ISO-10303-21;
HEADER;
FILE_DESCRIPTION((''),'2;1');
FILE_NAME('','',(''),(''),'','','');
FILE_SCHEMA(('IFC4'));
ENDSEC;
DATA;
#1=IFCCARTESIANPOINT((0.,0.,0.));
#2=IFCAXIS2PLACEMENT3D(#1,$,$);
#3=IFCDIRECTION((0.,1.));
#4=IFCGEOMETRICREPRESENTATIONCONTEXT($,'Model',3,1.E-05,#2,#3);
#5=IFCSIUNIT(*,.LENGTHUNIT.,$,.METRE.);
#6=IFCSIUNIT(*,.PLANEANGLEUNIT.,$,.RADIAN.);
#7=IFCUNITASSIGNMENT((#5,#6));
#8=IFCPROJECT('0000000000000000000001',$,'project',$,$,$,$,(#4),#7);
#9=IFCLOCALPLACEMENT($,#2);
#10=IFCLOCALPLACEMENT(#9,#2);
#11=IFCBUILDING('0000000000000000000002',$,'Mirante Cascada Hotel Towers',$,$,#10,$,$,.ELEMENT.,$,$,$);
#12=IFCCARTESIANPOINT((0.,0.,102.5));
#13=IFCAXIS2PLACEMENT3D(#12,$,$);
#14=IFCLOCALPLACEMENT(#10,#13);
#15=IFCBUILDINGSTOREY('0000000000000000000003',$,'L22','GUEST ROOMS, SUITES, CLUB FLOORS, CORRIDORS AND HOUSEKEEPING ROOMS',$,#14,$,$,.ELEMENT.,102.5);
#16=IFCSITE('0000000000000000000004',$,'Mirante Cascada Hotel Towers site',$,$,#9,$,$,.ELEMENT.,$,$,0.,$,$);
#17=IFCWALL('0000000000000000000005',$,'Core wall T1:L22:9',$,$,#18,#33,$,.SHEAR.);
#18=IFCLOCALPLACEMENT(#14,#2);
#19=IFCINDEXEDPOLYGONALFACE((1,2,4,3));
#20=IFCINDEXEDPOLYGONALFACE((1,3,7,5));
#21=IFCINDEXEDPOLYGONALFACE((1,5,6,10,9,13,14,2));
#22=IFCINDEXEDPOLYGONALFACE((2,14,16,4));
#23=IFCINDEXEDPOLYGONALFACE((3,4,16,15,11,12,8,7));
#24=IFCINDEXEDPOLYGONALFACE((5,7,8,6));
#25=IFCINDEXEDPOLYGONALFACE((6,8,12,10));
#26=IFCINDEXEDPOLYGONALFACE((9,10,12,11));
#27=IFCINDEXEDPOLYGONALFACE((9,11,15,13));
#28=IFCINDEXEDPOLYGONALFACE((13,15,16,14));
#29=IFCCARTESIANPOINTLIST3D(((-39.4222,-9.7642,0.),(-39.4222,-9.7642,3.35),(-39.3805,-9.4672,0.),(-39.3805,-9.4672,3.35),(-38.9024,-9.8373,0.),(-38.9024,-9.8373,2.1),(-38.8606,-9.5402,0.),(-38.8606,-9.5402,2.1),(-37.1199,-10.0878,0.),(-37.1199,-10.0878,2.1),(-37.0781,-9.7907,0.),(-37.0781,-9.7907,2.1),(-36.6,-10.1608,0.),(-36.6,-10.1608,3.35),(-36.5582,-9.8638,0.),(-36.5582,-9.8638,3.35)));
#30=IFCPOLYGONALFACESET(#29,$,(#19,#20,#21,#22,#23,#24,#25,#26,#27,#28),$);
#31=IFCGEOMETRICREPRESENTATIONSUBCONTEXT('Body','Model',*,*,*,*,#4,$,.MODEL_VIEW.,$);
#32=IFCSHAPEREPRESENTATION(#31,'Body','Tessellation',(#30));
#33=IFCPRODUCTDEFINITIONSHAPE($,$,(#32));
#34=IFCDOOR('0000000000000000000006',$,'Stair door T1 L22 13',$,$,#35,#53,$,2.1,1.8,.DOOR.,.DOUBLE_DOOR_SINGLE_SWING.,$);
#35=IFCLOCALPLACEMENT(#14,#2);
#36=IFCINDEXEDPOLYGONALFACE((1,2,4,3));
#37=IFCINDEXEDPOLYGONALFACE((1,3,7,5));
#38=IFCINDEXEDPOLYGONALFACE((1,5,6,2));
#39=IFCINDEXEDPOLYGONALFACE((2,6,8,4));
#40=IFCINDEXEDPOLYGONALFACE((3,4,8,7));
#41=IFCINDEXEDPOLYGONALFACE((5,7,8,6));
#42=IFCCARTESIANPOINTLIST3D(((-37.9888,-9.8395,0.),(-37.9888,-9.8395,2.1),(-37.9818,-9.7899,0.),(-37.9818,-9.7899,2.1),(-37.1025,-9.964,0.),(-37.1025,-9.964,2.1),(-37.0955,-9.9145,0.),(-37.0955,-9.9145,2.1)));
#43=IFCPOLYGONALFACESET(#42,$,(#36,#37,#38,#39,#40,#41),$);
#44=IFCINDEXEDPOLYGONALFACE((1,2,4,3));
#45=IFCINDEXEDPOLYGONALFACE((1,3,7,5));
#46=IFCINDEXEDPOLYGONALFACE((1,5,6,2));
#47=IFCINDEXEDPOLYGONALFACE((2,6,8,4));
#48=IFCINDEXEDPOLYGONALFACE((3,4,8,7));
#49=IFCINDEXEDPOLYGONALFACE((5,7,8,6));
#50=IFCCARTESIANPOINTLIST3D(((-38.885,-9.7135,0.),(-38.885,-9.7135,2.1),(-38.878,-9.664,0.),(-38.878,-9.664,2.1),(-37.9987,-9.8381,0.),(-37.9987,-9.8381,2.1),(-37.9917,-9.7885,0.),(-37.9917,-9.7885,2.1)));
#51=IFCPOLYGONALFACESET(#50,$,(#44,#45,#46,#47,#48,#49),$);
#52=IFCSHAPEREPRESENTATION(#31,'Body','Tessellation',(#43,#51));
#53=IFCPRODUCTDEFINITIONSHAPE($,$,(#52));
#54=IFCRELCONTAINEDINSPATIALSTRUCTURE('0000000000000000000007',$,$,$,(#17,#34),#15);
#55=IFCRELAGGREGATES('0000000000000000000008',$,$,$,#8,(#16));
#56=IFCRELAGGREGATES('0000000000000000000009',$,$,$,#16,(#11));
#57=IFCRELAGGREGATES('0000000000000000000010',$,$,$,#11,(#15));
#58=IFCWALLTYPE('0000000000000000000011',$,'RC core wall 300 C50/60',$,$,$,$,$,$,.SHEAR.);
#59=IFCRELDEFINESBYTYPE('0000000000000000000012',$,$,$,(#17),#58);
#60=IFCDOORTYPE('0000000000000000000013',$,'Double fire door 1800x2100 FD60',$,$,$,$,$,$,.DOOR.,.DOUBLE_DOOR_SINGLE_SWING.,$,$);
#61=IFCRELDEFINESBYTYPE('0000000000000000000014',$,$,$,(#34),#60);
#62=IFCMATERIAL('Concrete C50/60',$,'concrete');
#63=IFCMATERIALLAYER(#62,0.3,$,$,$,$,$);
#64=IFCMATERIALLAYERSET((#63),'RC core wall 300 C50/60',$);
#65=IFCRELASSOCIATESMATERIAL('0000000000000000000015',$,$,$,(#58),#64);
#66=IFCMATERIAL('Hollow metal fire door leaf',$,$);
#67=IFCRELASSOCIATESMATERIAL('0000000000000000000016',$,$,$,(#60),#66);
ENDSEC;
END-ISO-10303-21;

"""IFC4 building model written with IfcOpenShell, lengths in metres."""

from ifc_helpers import new_model, si_unit, direction, frame, frame_2d, origin, place, context, subcontext, project, spatial, rectangle, extrude, material, layer, layer_set, type_object, element, fill, save


model = new_model("IFC4")

# Units and contexts
model_context = context("Model", 3, precision=1e-05, world=origin(), true_north=direction((0.0, 1.0)))
body_context = subcontext(model_context, "Body", "Model", "MODEL_VIEW")
ifc_project = project(units=[si_unit("LENGTHUNIT", "METRE"), si_unit("PLANEANGLEUNIT", "RADIAN")], contexts=[model_context])

# Site, building, storey
site_placement = place(None, origin())
site = spatial("IfcSite", under=ifc_project, at=site_placement, Name="Mirante Cascada Hotel Towers site", CompositionType="ELEMENT", RefElevation=0.0)
building_placement = place(site_placement, origin())
building = spatial("IfcBuilding", under=site, at=building_placement, Name="Mirante Cascada Hotel Towers", CompositionType="ELEMENT")
storey_placement = place(building_placement, frame((0.0, 0.0, 102.5)))
storey = spatial("IfcBuildingStorey", under=building, at=storey_placement, Name="L22", Description="GUEST ROOMS, SUITES, CLUB FLOORS, CORRIDORS AND HOUSEKEEPING ROOMS", CompositionType="ELEMENT", Elevation=102.5)

# Wall, opening, door
ifc_material_1 = material(Name="Concrete C50/60", Category="concrete")
ifc_layer_1 = layer(ifc_material_1, 0.3)
ifc_layer_set_1 = layer_set([ifc_layer_1], Name="RC core wall 300 C50/60")
wall_type_1 = type_object("IfcWallType", Name="RC core wall 300 C50/60", PredefinedType="SHEAR", material=ifc_layer_set_1)
wall_1_placement = place(storey_placement, frame((-36.5791, -10.0123, 0.0), z_axis=(0.0, 0.0, 1.0), x_axis=(-0.99027, 0.139156, 0.0)))
wall_1 = element("IfcWall", 1, at=wall_1_placement, inside=storey, type_object=wall_type_1, Name="Core wall T1:L22:9", PredefinedType="SHEAR", context=body_context, shape_type="SweptSolid", body=[
    extrude(rectangle(XDim=2.85, YDim=0.3, at=frame_2d((1.425, 0.0))), origin(), (0.0, 0.0, 1.0), 3.35),
])
opening_1_placement = place(wall_1_placement, frame((0.525, 0.0, 0.0)))
opening_1 = element("IfcOpeningElement", 2, at=opening_1_placement, cuts=wall_1, PredefinedType="OPENING", context=body_context, shape_type="SweptSolid", body=[
    extrude(rectangle(XDim=1.8, YDim=2.1, at=frame_2d((0.9, 1.05))), frame((0.0, 0.15, 0.0), z_axis=(0.0, -1.0, 0.0), x_axis=(1.0, 0.0, 0.0)), (0.0, 0.0, 1.0), 0.3),
])
ifc_material_2 = material(Name="Hollow metal fire door leaf")
door_type_1 = type_object("IfcDoorType", Name="Double fire door 1800x2100 FD60", OperationType="DOUBLE_DOOR_SINGLE_SWING", PredefinedType="DOOR", material=ifc_material_2)
door_1_placement = place(opening_1_placement, origin())
door_1 = element("IfcDoor", 3, at=door_1_placement, inside=storey, type_object=door_type_1, Name="Stair door T1 L22 13", OperationType="DOUBLE_DOOR_SINGLE_SWING", OverallHeight=2.1, OverallWidth=1.8, PredefinedType="DOOR", context=body_context, shape_type="SweptSolid", body=[
    extrude(rectangle(XDim=0.895, YDim=2.1, at=frame_2d((0.4475, 1.05))), frame((0.0, 0.025, 0.0), z_axis=(0.0, -1.0, 0.0), x_axis=(1.0, 0.0, 0.0)), (0.0, 0.0, 1.0), 0.05),
    extrude(rectangle(XDim=0.895, YDim=2.1, at=frame_2d((1.3525, 1.05))), frame((0.0, 0.025, 0.0), z_axis=(0.0, -1.0, 0.0), x_axis=(1.0, 0.0, 0.0)), (0.0, 0.0, 1.0), 0.05),
])
fill(opening_1, door_1)

save(model, "model.ifc")
